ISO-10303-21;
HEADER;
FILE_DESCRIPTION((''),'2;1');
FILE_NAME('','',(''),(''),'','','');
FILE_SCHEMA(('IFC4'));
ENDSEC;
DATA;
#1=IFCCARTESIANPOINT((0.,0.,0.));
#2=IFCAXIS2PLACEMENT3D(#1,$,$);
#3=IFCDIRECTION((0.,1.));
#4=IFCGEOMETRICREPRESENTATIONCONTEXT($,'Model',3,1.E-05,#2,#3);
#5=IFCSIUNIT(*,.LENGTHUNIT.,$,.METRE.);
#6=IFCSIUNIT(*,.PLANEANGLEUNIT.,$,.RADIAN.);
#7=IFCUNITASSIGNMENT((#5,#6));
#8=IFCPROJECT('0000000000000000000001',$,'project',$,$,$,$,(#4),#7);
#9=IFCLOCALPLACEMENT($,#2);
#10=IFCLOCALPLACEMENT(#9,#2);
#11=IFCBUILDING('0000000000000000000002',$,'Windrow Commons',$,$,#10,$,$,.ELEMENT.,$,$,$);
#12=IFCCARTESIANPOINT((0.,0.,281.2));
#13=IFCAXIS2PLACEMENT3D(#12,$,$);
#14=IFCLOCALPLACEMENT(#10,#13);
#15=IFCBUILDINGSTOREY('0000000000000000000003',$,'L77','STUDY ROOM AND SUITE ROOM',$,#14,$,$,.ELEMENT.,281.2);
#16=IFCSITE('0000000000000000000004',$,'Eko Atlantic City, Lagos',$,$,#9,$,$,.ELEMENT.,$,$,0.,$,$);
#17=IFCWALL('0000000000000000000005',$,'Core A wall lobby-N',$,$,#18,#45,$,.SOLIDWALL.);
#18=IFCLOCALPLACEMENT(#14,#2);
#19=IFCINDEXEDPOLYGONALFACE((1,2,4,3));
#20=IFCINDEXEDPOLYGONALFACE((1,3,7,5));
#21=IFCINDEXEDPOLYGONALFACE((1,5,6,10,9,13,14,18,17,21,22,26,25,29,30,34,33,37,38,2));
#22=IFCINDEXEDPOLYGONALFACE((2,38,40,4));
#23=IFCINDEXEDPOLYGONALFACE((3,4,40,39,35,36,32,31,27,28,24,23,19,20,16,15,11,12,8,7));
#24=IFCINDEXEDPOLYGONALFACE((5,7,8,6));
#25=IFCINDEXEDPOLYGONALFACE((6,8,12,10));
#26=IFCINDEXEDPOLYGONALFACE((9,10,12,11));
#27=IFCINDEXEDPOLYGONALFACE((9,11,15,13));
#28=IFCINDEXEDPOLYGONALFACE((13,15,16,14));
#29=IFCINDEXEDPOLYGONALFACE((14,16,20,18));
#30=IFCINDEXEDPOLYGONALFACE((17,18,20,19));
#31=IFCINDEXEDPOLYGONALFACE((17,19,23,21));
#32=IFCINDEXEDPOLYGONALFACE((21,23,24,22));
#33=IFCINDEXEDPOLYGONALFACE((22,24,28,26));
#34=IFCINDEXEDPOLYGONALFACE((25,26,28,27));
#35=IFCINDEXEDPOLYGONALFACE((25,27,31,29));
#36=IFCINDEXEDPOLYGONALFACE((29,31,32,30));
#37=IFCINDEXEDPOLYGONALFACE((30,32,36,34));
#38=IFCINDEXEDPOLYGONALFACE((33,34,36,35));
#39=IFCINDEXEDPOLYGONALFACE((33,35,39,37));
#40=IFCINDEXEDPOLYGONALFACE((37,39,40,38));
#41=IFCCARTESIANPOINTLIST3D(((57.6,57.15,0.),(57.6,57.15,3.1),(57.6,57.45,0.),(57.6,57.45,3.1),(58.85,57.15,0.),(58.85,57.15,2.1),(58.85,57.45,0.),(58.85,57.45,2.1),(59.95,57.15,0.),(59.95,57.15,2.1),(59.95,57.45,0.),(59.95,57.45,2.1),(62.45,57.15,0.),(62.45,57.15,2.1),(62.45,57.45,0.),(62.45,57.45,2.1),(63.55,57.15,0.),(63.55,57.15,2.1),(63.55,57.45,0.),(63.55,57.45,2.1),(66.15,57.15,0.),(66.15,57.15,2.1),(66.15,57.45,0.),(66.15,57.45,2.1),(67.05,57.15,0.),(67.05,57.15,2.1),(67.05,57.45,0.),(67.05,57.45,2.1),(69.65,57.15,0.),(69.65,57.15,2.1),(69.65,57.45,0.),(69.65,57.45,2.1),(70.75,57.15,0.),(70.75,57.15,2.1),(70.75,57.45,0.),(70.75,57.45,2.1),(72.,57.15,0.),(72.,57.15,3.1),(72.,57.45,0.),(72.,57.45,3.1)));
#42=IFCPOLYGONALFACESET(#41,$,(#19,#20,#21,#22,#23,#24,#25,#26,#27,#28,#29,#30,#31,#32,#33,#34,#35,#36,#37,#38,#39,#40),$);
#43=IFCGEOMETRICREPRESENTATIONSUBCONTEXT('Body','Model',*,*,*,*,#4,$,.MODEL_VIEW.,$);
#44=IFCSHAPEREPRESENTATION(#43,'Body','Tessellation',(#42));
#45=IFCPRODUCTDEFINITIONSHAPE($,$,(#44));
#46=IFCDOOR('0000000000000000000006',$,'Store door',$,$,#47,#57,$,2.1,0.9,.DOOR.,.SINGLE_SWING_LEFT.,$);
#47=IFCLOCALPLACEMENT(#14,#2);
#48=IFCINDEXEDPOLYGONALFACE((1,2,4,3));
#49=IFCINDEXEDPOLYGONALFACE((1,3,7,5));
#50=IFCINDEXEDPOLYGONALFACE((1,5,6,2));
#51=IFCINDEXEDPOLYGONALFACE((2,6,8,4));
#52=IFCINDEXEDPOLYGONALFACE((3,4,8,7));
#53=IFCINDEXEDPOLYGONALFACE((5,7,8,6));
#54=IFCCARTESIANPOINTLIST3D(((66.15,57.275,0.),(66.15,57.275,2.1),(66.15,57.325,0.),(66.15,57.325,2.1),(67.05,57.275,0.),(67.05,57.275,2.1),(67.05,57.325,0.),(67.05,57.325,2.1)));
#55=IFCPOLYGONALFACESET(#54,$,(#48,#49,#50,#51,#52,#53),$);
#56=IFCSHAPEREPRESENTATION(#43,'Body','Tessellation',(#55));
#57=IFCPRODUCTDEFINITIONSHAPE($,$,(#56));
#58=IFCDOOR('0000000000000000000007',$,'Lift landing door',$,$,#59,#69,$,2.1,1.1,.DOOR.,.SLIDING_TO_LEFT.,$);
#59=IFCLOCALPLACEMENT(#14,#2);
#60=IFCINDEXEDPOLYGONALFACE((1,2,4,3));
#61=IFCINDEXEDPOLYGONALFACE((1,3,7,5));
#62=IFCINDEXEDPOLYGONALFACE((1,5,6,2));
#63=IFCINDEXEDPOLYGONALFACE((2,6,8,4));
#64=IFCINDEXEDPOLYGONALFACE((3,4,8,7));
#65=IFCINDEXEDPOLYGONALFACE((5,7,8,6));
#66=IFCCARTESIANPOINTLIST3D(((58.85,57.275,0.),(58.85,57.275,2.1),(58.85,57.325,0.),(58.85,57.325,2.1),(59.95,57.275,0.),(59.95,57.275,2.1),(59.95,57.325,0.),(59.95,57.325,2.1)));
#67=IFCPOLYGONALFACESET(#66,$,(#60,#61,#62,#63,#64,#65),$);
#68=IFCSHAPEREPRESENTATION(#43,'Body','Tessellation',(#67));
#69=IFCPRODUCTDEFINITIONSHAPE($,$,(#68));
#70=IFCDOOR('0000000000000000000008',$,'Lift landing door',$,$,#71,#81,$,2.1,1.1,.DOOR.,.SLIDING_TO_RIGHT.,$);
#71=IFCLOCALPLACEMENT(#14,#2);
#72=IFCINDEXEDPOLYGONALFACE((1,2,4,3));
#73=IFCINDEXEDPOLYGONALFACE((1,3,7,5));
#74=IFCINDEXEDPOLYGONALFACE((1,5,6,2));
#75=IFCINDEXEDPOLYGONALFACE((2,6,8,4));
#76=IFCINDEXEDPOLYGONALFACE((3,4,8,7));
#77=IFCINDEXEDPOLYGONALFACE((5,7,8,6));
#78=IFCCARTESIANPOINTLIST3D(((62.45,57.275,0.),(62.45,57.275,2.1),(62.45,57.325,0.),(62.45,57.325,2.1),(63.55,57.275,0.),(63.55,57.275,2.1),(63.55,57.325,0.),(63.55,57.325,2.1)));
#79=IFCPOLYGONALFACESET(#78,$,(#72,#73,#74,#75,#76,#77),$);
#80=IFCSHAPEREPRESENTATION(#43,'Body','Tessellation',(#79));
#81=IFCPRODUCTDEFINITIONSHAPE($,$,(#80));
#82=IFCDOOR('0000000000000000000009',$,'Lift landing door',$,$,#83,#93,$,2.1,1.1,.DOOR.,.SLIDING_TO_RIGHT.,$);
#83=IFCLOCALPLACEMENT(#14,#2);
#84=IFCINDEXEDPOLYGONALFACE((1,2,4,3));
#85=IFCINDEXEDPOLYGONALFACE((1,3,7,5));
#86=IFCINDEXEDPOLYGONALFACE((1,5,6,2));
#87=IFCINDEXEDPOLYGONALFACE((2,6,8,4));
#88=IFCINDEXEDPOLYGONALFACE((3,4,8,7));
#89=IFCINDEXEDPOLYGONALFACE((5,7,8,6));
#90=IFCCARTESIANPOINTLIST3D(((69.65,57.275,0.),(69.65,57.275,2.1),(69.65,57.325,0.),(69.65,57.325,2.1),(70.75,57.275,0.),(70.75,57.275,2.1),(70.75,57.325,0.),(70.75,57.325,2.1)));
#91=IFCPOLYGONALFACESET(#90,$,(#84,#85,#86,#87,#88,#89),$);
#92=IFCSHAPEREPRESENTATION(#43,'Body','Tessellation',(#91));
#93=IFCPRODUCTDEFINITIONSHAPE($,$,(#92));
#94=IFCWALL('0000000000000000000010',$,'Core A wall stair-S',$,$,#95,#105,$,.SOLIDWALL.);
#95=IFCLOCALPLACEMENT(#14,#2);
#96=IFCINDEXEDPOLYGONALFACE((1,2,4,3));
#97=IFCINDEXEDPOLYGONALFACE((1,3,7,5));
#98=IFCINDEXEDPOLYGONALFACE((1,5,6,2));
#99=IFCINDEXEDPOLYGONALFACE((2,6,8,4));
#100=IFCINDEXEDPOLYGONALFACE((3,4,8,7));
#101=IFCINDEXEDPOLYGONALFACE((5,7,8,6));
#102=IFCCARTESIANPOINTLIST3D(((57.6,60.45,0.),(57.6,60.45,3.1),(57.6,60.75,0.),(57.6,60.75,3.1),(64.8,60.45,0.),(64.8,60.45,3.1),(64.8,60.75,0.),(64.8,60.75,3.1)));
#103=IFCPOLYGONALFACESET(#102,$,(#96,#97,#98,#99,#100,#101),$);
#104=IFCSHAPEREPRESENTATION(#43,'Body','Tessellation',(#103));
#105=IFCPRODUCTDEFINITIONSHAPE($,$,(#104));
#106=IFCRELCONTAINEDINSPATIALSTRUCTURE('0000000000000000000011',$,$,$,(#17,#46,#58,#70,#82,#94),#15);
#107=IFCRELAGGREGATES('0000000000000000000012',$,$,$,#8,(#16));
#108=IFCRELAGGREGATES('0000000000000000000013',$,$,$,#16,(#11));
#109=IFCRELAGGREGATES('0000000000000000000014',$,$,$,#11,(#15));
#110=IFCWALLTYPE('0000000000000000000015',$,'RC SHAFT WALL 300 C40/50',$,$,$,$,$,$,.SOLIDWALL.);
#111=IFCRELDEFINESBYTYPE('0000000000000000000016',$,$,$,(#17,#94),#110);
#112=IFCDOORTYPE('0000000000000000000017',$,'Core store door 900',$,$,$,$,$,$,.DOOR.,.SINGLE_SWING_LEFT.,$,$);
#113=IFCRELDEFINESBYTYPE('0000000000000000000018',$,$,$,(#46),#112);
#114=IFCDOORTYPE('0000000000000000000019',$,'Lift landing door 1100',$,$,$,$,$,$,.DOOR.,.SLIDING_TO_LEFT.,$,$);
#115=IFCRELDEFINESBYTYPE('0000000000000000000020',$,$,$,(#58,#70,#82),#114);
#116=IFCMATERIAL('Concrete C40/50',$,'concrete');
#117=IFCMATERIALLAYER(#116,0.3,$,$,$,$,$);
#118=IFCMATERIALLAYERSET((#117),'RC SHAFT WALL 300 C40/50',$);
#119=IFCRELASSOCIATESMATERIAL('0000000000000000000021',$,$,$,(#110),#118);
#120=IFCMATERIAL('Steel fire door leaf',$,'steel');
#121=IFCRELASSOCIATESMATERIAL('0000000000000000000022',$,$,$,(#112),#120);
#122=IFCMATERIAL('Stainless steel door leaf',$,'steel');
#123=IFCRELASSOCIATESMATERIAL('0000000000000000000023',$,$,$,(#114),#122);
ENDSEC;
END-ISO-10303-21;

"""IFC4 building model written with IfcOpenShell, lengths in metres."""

from ifc_helpers import new_model, si_unit, direction, frame, frame_2d, origin, place, context, subcontext, project, spatial, rectangle, extrude, material, layer, layer_set, type_object, element, fill, save


model = new_model("IFC4")

# Units and contexts
model_context = context("Model", 3, precision=1e-05, world=origin(), true_north=direction((0.0, 1.0)))
body_context = subcontext(model_context, "Body", "Model", "MODEL_VIEW")
ifc_project = project(units=[si_unit("LENGTHUNIT", "METRE"), si_unit("PLANEANGLEUNIT", "RADIAN")], contexts=[model_context])

# Site, building, storey
site_placement = place(None, origin())
site = spatial("IfcSite", under=ifc_project, at=site_placement, Name="Eko Atlantic City, Lagos", CompositionType="ELEMENT", RefElevation=0.0)
building_placement = place(site_placement, origin())
building = spatial("IfcBuilding", under=site, at=building_placement, Name="Windrow Commons", CompositionType="ELEMENT")
storey_placement = place(building_placement, frame((0.0, 0.0, 281.2)))
storey = spatial("IfcBuildingStorey", under=building, at=storey_placement, Name="L77", Description="STUDY ROOM AND SUITE ROOM", CompositionType="ELEMENT", Elevation=281.2)

# Wall, openings, doors
ifc_material_1 = material(Name="Concrete C40/50", Category="concrete")
ifc_layer_1 = layer(ifc_material_1, 0.3)
ifc_layer_set_1 = layer_set([ifc_layer_1], Name="RC SHAFT WALL 300 C40/50")
wall_type_1 = type_object("IfcWallType", Name="RC SHAFT WALL 300 C40/50", PredefinedType="SOLIDWALL", material=ifc_layer_set_1)
ifc_material_2 = material(Name="Steel fire door leaf", Category="steel")
door_type_1 = type_object("IfcDoorType", Name="Core store door 900", OperationType="SINGLE_SWING_LEFT", PredefinedType="DOOR", material=ifc_material_2)
ifc_material_3 = material(Name="Stainless steel door leaf", Category="steel")
door_type_2 = type_object("IfcDoorType", Name="Lift landing door 1100", OperationType="SLIDING_TO_LEFT", PredefinedType="DOOR", material=ifc_material_3)
wall_1_placement = place(storey_placement, frame((57.6, 57.3, 0.0), z_axis=(0.0, 0.0, 1.0), x_axis=(1.0, 0.0, 0.0)))
wall_1 = element("IfcWall", 1, at=wall_1_placement, inside=storey, type_object=wall_type_1, Name="Core A wall lobby-N", PredefinedType="SOLIDWALL", context=body_context, shape_type="SweptSolid", body=[
    extrude(rectangle(XDim=14.4, YDim=0.3, at=frame_2d((7.2, 0.0))), origin(), (0.0, 0.0, 1.0), 3.1),
])
opening_1_placement = place(wall_1_placement, frame((8.55, 0.0, 0.0)))
opening_1 = element("IfcOpeningElement", 2, at=opening_1_placement, cuts=wall_1, PredefinedType="OPENING", context=body_context, shape_type="SweptSolid", body=[
    extrude(rectangle(XDim=0.9, YDim=2.1, at=frame_2d((0.45, 1.05))), frame((0.0, 0.16, 0.0), z_axis=(0.0, -1.0, 0.0), x_axis=(1.0, 0.0, 0.0)), (0.0, 0.0, 1.0), 0.32),
])
opening_2_placement = place(wall_1_placement, frame((1.25, 0.0, 0.0)))
opening_2 = element("IfcOpeningElement", 3, at=opening_2_placement, cuts=wall_1, PredefinedType="OPENING", context=body_context, shape_type="SweptSolid", body=[
    extrude(rectangle(XDim=1.1, YDim=2.1, at=frame_2d((0.55, 1.05))), frame((0.0, 0.16, 0.0), z_axis=(0.0, -1.0, 0.0), x_axis=(1.0, 0.0, 0.0)), (0.0, 0.0, 1.0), 0.32),
])
opening_3_placement = place(wall_1_placement, frame((4.85, 0.0, 0.0)))
opening_3 = element("IfcOpeningElement", 4, at=opening_3_placement, cuts=wall_1, PredefinedType="OPENING", context=body_context, shape_type="SweptSolid", body=[
    extrude(rectangle(XDim=1.1, YDim=2.1, at=frame_2d((0.55, 1.05))), frame((0.0, 0.16, 0.0), z_axis=(0.0, -1.0, 0.0), x_axis=(1.0, 0.0, 0.0)), (0.0, 0.0, 1.0), 0.32),
])
opening_4_placement = place(wall_1_placement, frame((12.05, 0.0, 0.0)))
opening_4 = element("IfcOpeningElement", 5, at=opening_4_placement, cuts=wall_1, PredefinedType="OPENING", context=body_context, shape_type="SweptSolid", body=[
    extrude(rectangle(XDim=1.1, YDim=2.1, at=frame_2d((0.55, 1.05))), frame((0.0, 0.16, 0.0), z_axis=(0.0, -1.0, 0.0), x_axis=(1.0, 0.0, 0.0)), (0.0, 0.0, 1.0), 0.32),
])
door_1_placement = place(opening_1_placement, origin())
door_1 = element("IfcDoor", 6, at=door_1_placement, inside=storey, type_object=door_type_1, Name="Store door", OperationType="SINGLE_SWING_LEFT", OverallHeight=2.1, OverallWidth=0.9, PredefinedType="DOOR", context=body_context, shape_type="SweptSolid", body=[
    extrude(rectangle(XDim=0.9, YDim=2.1, at=frame_2d((0.45, 1.05))), frame((0.0, 0.025, 0.0), z_axis=(0.0, -1.0, 0.0), x_axis=(1.0, 0.0, 0.0)), (0.0, 0.0, 1.0), 0.05),
])
fill(opening_1, door_1)
door_2_placement = place(opening_2_placement, origin())
door_2 = element("IfcDoor", 7, at=door_2_placement, inside=storey, type_object=door_type_2, Name="Lift landing door", OperationType="SLIDING_TO_LEFT", OverallHeight=2.1, OverallWidth=1.1, PredefinedType="DOOR", context=body_context, shape_type="SweptSolid", body=[
    extrude(rectangle(XDim=1.1, YDim=2.1, at=frame_2d((0.55, 1.05))), frame((0.0, 0.025, 0.0), z_axis=(0.0, -1.0, 0.0), x_axis=(1.0, 0.0, 0.0)), (0.0, 0.0, 1.0), 0.05),
])
fill(opening_2, door_2)
door_3_placement = place(opening_3_placement, origin())
door_3 = element("IfcDoor", 8, at=door_3_placement, inside=storey, type_object=door_type_2, Name="Lift landing door", OperationType="SLIDING_TO_RIGHT", OverallHeight=2.1, OverallWidth=1.1, PredefinedType="DOOR", context=body_context, shape_type="SweptSolid", body=[
    extrude(rectangle(XDim=1.1, YDim=2.1, at=frame_2d((0.55, 1.05))), frame((0.0, 0.025, 0.0), z_axis=(0.0, -1.0, 0.0), x_axis=(1.0, 0.0, 0.0)), (0.0, 0.0, 1.0), 0.05),
])
fill(opening_3, door_3)
door_4_placement = place(opening_4_placement, origin())
door_4 = element("IfcDoor", 9, at=door_4_placement, inside=storey, type_object=door_type_2, Name="Lift landing door", OperationType="SLIDING_TO_RIGHT", OverallHeight=2.1, OverallWidth=1.1, PredefinedType="DOOR", context=body_context, shape_type="SweptSolid", body=[
    extrude(rectangle(XDim=1.1, YDim=2.1, at=frame_2d((0.55, 1.05))), frame((0.0, 0.025, 0.0), z_axis=(0.0, -1.0, 0.0), x_axis=(1.0, 0.0, 0.0)), (0.0, 0.0, 1.0), 0.05),
])
fill(opening_4, door_4)

# Wall
wall_2_placement = place(storey_placement, frame((57.6, 60.6, 0.0), z_axis=(0.0, 0.0, 1.0), x_axis=(1.0, 0.0, 0.0)))
element("IfcWall", 10, at=wall_2_placement, inside=storey, type_object=wall_type_1, Name="Core A wall stair-S", PredefinedType="SOLIDWALL", context=body_context, shape_type="SweptSolid", body=[
    extrude(rectangle(XDim=7.2, YDim=0.3, at=frame_2d((3.6, 0.0))), origin(), (0.0, 0.0, 1.0), 3.1),
])

save(model, "model.ifc")
